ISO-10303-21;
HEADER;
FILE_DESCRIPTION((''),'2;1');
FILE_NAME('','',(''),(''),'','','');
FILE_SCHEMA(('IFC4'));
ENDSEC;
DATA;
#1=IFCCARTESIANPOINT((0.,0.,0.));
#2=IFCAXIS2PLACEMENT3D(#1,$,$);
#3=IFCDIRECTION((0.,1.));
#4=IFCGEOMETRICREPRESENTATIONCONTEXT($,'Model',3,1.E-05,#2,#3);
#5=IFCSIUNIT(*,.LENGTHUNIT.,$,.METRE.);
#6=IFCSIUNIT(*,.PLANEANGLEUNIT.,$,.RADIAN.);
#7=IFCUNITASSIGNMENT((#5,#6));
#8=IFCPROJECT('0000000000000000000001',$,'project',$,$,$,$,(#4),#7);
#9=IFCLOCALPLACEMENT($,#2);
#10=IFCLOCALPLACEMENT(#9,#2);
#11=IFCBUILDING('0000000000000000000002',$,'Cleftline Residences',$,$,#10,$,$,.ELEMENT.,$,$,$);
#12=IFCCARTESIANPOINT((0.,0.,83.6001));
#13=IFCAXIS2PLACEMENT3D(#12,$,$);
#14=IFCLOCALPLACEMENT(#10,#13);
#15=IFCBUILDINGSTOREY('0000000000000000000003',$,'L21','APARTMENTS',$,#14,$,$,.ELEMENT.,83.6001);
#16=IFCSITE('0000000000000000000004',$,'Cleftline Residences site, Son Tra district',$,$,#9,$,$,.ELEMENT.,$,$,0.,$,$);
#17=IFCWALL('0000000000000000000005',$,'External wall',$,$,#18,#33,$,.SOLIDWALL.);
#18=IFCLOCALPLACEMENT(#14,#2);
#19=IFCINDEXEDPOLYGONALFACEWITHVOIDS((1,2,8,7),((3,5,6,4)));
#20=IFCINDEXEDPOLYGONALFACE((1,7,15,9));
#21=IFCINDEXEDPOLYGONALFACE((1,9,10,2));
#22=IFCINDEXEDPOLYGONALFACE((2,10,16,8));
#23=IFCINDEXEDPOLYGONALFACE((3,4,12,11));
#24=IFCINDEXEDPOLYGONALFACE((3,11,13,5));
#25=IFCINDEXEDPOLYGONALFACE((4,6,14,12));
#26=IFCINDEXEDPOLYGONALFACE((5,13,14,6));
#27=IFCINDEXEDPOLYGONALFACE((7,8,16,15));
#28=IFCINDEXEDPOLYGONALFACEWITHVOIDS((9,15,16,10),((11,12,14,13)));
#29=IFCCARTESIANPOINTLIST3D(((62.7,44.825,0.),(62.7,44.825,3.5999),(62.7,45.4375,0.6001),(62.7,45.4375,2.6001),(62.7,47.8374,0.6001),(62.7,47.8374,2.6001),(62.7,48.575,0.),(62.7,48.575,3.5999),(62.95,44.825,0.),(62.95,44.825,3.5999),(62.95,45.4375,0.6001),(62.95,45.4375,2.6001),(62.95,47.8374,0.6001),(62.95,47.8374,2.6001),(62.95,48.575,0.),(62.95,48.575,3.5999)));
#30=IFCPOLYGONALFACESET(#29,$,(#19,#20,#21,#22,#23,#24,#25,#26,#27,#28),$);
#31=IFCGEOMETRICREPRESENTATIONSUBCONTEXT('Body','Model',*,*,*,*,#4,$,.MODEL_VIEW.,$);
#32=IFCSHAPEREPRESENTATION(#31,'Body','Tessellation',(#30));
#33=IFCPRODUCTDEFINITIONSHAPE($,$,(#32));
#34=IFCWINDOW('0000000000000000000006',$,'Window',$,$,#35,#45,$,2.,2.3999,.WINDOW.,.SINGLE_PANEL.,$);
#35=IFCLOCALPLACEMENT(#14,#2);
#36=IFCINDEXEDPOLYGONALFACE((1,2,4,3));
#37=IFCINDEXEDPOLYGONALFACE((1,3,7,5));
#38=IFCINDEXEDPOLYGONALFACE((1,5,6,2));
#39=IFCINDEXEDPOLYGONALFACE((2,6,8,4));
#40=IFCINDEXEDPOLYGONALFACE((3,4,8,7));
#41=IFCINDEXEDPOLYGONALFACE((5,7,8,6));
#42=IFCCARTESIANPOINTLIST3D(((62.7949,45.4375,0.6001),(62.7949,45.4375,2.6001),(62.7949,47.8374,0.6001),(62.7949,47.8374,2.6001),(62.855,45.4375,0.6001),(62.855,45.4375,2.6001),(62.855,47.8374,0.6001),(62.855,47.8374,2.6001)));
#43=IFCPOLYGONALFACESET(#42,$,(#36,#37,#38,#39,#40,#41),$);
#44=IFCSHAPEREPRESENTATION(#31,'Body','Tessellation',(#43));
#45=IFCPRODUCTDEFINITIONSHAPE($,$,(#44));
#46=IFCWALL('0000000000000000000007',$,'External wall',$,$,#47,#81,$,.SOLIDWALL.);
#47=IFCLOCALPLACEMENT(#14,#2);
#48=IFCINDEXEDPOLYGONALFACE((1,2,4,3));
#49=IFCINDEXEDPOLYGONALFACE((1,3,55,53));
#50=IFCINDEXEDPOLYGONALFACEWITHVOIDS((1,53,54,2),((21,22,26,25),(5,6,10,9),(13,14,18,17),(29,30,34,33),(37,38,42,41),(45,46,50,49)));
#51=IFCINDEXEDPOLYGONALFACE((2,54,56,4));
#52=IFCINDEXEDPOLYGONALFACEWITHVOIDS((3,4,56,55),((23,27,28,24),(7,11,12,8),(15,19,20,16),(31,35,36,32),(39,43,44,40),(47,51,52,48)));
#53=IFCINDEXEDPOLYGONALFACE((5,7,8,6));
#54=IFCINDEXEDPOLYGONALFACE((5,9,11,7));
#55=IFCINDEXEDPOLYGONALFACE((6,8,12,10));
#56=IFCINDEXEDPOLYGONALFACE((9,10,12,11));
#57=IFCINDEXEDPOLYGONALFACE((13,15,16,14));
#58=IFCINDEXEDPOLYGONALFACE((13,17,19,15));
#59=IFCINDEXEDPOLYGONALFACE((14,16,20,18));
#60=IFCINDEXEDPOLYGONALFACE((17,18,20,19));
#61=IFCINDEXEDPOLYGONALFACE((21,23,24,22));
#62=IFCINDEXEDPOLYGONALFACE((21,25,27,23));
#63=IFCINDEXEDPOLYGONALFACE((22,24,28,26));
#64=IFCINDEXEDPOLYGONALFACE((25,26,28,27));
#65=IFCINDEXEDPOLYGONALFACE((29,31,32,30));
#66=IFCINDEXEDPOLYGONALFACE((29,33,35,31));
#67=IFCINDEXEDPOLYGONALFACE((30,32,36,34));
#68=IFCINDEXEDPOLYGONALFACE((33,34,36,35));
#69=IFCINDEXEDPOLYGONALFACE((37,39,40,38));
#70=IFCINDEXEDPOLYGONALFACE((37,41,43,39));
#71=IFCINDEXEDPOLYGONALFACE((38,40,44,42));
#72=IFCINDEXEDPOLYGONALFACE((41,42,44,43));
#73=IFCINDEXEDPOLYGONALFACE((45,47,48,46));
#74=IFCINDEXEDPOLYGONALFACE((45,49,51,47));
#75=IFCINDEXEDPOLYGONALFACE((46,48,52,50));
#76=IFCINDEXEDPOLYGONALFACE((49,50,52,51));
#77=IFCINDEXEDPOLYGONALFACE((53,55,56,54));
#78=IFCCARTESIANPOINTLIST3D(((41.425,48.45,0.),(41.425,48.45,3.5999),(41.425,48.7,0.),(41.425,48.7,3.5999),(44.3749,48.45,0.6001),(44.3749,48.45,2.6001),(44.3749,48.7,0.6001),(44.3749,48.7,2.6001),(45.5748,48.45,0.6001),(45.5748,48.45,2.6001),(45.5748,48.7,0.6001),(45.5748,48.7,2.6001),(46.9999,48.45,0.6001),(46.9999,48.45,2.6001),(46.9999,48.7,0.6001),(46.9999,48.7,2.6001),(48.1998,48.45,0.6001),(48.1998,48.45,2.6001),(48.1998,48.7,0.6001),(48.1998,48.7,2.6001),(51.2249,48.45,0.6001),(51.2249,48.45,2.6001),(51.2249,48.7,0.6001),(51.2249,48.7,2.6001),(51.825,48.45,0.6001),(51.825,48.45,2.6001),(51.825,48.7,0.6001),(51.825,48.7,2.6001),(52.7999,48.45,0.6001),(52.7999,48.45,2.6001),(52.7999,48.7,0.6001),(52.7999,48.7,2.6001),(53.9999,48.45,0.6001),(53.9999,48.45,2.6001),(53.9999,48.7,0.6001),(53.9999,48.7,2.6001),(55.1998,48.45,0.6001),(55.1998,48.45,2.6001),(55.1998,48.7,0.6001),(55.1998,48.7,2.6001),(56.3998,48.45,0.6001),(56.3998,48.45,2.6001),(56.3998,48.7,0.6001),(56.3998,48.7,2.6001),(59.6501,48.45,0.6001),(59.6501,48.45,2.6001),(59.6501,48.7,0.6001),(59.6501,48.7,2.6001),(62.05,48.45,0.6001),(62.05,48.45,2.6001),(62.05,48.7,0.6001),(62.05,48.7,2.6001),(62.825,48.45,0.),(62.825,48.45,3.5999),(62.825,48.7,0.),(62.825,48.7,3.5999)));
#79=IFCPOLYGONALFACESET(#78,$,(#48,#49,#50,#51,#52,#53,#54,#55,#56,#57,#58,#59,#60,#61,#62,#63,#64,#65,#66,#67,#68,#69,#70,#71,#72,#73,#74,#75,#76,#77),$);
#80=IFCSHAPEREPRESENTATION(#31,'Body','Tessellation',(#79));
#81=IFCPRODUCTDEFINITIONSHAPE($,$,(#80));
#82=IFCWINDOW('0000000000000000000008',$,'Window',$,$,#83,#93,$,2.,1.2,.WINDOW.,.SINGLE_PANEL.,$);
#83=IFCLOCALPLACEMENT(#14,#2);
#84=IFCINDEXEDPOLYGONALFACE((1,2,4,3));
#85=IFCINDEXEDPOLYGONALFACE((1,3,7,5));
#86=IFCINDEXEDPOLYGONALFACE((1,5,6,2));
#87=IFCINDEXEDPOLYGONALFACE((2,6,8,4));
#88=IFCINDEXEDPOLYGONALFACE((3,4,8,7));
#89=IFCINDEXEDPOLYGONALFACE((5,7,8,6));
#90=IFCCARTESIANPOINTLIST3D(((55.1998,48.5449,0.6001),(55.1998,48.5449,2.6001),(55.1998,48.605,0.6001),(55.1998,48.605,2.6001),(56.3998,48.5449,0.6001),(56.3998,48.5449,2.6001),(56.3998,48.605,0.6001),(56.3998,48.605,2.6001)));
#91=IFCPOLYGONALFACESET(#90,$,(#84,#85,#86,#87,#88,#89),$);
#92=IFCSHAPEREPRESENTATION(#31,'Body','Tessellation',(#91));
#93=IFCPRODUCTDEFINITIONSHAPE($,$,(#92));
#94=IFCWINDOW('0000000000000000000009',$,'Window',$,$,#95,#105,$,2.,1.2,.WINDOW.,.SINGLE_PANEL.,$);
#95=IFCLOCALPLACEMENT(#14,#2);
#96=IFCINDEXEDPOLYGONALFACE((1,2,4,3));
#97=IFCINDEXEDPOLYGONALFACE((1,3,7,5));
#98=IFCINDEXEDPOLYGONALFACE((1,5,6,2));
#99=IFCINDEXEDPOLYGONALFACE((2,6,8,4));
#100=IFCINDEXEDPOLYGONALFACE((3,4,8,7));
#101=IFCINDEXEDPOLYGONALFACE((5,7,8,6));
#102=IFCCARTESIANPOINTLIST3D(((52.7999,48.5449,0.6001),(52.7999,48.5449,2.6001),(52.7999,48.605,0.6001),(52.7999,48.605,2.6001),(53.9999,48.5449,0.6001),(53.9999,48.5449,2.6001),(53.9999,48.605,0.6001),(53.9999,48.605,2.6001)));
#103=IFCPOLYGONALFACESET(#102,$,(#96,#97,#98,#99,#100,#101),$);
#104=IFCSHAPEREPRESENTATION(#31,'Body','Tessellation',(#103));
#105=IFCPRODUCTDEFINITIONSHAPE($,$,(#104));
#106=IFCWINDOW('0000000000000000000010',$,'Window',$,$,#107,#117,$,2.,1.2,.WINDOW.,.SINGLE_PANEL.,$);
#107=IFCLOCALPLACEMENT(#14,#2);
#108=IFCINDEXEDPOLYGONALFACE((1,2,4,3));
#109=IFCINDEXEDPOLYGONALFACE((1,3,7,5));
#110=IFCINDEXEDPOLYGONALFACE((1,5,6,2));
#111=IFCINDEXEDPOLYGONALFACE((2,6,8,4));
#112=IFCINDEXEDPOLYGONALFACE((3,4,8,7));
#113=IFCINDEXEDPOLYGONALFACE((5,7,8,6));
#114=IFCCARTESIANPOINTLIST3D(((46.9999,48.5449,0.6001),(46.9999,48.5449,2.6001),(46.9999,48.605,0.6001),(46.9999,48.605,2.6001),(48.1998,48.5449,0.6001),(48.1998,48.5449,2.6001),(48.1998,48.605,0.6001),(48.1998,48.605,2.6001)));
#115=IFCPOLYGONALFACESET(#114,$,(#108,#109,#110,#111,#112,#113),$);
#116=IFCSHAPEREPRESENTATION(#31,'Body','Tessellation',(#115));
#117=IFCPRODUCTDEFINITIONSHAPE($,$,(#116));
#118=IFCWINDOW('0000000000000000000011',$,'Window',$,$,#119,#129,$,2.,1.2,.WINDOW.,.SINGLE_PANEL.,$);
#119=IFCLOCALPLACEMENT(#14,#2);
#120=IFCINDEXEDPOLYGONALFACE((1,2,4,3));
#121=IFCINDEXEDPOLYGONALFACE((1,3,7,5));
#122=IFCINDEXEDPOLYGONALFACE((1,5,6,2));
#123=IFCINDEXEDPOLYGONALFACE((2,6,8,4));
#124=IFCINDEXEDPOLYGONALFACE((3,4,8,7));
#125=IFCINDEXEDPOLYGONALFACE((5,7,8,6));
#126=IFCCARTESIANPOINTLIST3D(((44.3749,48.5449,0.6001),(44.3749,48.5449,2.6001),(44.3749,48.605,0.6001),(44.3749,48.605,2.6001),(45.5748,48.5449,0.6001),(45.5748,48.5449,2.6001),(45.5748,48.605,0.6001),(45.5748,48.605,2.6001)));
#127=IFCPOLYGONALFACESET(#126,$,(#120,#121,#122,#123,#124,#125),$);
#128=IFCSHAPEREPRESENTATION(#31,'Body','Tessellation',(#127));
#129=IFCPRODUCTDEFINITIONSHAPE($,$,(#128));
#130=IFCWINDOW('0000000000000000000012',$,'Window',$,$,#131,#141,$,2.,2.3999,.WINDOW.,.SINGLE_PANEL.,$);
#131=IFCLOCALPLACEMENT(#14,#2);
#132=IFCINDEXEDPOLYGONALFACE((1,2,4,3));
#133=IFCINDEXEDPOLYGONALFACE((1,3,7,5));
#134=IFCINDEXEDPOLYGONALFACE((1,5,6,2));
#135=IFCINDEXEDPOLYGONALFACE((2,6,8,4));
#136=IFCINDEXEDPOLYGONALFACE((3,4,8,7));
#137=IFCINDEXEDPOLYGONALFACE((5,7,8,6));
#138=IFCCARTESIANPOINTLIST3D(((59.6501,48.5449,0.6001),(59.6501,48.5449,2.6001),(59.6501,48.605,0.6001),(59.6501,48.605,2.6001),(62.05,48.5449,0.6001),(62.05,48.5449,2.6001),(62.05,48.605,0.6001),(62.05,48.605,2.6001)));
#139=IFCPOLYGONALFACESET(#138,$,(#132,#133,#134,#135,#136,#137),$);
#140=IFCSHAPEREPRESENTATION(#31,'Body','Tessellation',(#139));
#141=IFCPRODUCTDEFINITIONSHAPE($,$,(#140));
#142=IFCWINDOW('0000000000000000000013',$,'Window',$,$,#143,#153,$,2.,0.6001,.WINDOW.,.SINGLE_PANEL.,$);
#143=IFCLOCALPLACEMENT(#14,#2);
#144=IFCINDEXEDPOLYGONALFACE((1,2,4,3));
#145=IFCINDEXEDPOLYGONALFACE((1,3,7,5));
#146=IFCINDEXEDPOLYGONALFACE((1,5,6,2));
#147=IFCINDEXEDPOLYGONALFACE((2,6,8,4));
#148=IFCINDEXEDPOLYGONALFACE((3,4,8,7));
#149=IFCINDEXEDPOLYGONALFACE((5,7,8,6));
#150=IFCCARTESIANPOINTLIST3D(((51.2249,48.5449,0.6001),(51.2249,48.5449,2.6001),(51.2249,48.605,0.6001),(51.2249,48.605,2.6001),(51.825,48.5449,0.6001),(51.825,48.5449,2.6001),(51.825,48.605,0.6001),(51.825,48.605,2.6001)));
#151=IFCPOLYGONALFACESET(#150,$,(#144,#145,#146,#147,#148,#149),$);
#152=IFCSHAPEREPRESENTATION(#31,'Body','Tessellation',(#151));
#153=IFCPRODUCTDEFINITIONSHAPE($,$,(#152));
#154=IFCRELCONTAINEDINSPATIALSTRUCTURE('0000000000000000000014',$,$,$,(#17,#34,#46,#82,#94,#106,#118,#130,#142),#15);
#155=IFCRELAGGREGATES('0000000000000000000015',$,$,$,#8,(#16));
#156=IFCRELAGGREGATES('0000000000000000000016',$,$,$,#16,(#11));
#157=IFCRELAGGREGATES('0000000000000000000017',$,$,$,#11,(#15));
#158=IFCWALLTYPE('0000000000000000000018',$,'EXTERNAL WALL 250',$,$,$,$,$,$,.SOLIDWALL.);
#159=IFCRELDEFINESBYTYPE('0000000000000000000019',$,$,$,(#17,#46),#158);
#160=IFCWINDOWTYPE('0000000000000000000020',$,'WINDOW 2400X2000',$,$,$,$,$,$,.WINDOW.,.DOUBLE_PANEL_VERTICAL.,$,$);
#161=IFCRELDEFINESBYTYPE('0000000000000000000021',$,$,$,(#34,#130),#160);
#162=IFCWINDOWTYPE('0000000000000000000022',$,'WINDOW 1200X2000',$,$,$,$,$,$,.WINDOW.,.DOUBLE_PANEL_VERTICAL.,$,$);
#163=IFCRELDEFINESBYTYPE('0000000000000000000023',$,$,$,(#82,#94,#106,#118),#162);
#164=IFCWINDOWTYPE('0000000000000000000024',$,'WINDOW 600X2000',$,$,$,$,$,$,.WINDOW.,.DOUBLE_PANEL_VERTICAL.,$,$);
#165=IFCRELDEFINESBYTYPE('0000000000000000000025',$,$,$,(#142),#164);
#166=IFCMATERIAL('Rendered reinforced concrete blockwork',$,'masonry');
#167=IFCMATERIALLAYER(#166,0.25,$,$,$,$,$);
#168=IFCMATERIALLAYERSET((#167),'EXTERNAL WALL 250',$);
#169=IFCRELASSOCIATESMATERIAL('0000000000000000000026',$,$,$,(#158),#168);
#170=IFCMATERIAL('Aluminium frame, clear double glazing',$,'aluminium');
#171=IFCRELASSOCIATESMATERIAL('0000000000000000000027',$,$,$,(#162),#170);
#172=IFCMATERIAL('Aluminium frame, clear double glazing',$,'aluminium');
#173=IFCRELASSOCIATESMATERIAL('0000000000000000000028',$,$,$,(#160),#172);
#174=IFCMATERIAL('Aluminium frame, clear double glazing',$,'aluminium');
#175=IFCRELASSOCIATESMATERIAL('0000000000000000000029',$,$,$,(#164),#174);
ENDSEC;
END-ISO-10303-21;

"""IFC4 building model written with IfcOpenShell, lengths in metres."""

from ifc_helpers import new_model, si_unit, direction, frame, frame_2d, origin, place, context, subcontext, project, spatial, rectangle, extrude, material, layer, layer_set, type_object, element, fill, save


model = new_model("IFC4")

# Units and contexts
model_context = context("Model", 3, precision=1e-05, world=origin(), true_north=direction((0.0, 1.0)))
body_context = subcontext(model_context, "Body", "Model", "MODEL_VIEW")
ifc_project = project(units=[si_unit("LENGTHUNIT", "METRE"), si_unit("PLANEANGLEUNIT", "RADIAN")], contexts=[model_context])

# Site, building, storey
site_placement = place(None, origin())
site = spatial("IfcSite", under=ifc_project, at=site_placement, Name="Cleftline Residences site, Son Tra district", CompositionType="ELEMENT", RefElevation=0.0)
building_placement = place(site_placement, origin())
building = spatial("IfcBuilding", under=site, at=building_placement, Name="Cleftline Residences", CompositionType="ELEMENT")
storey_placement = place(building_placement, frame((0.0, 0.0, 83.6001)))
storey = spatial("IfcBuildingStorey", under=building, at=storey_placement, Name="L21", Description="APARTMENTS", CompositionType="ELEMENT", Elevation=83.6001)

# Shared definitions
ifc_material_1 = material(Name="Rendered reinforced concrete blockwork", Category="masonry")
ifc_layer_1 = layer(ifc_material_1, 0.25)
ifc_layer_set_1 = layer_set([ifc_layer_1], Name="EXTERNAL WALL 250")
wall_type_1 = type_object("IfcWallType", Name="EXTERNAL WALL 250", PredefinedType="SOLIDWALL", material=ifc_layer_set_1)
ifc_material_2 = material(Name="Aluminium frame, clear double glazing", Category="aluminium")
window_type_1 = type_object("IfcWindowType", Name="WINDOW 1200X2000", PartitioningType="DOUBLE_PANEL_VERTICAL", PredefinedType="WINDOW", material=ifc_material_2)

# Wall, opening, window
wall_1_placement = place(storey_placement, frame((62.825, 44.825, 0.0), z_axis=(0.0, 0.0, 1.0), x_axis=(0.0, 1.0, 0.0)))
wall_1 = element("IfcWall", 1, at=wall_1_placement, inside=storey, type_object=wall_type_1, Name="External wall", PredefinedType="SOLIDWALL", context=body_context, shape_type="SweptSolid", body=[
    extrude(rectangle(XDim=3.75, YDim=0.25, at=frame_2d((1.875, 0.0))), origin(), (0.0, 0.0, 1.0), 3.5999),
])
opening_1_placement = place(wall_1_placement, frame((0.6125, 0.0, 0.6001)))
opening_1 = element("IfcOpeningElement", 2, at=opening_1_placement, cuts=wall_1, PredefinedType="OPENING", context=body_context, shape_type="SweptSolid", body=[
    extrude(rectangle(XDim=2.3999, YDim=2.0, at=frame_2d((1.2, 1.0))), frame((0.0, 0.135, 0.0), z_axis=(0.0, -1.0, 0.0), x_axis=(1.0, 0.0, 0.0)), (0.0, 0.0, 1.0), 0.27),
])
ifc_material_3 = material(Name="Aluminium frame, clear double glazing", Category="aluminium")
window_type_2 = type_object("IfcWindowType", Name="WINDOW 2400X2000", PartitioningType="DOUBLE_PANEL_VERTICAL", PredefinedType="WINDOW", material=ifc_material_3)
window_1_placement = place(opening_1_placement, origin())
window_1 = element("IfcWindow", 3, at=window_1_placement, inside=storey, type_object=window_type_2, Name="Window", OverallHeight=2.0, OverallWidth=2.3999, PartitioningType="SINGLE_PANEL", PredefinedType="WINDOW", context=body_context, shape_type="SweptSolid", body=[
    extrude(rectangle(XDim=2.3999, YDim=2.0, at=frame_2d((1.2, 1.0))), frame((0.0, 0.03, 0.0), z_axis=(0.0, -1.0, 0.0), x_axis=(1.0, 0.0, 0.0)), (0.0, 0.0, 1.0), 0.0601),
])
fill(opening_1, window_1)

# Wall, openings, windows
wall_2_placement = place(storey_placement, frame((62.825, 48.575, 0.0), z_axis=(0.0, 0.0, 1.0), x_axis=(-1.0, 0.0, 0.0)))
wall_2 = element("IfcWall", 4, at=wall_2_placement, inside=storey, type_object=wall_type_1, Name="External wall", PredefinedType="SOLIDWALL", context=body_context, shape_type="SweptSolid", body=[
    extrude(rectangle(XDim=21.3999, YDim=0.25, at=frame_2d((10.7, 0.0))), origin(), (0.0, 0.0, 1.0), 3.5999),
])
opening_2_placement = place(wall_2_placement, frame((0.7749, 0.0, 0.6001)))
opening_2 = element("IfcOpeningElement", 5, at=opening_2_placement, cuts=wall_2, PredefinedType="OPENING", context=body_context, shape_type="SweptSolid", body=[
    extrude(rectangle(XDim=2.3999, YDim=2.0, at=frame_2d((1.2, 1.0))), frame((0.0, 0.135, 0.0), z_axis=(0.0, -1.0, 0.0), x_axis=(1.0, 0.0, 0.0)), (0.0, 0.0, 1.0), 0.27),
])
opening_3_placement = place(wall_2_placement, frame((6.425, 0.0, 0.6001)))
opening_3 = element("IfcOpeningElement", 6, at=opening_3_placement, cuts=wall_2, PredefinedType="OPENING", context=body_context, shape_type="SweptSolid", body=[
    extrude(rectangle(XDim=1.2, YDim=2.0, at=frame_2d((0.6001, 1.0))), frame((0.0, 0.135, 0.0), z_axis=(0.0, -1.0, 0.0), x_axis=(1.0, 0.0, 0.0)), (0.0, 0.0, 1.0), 0.27),
])
opening_4_placement = place(wall_2_placement, frame((8.825, 0.0, 0.6001)))
opening_4 = element("IfcOpeningElement", 7, at=opening_4_placement, cuts=wall_2, PredefinedType="OPENING", context=body_context, shape_type="SweptSolid", body=[
    extrude(rectangle(XDim=1.2, YDim=2.0, at=frame_2d((0.6001, 1.0))), frame((0.0, 0.135, 0.0), z_axis=(0.0, -1.0, 0.0), x_axis=(1.0, 0.0, 0.0)), (0.0, 0.0, 1.0), 0.27),
])
opening_5_placement = place(wall_2_placement, frame((11.0, 0.0, 0.6001)))
opening_5 = element("IfcOpeningElement", 8, at=opening_5_placement, cuts=wall_2, PredefinedType="OPENING", context=body_context, shape_type="SweptSolid", body=[
    extrude(rectangle(XDim=0.6001, YDim=2.0, at=frame_2d((0.3, 1.0))), frame((0.0, 0.135, 0.0), z_axis=(0.0, -1.0, 0.0), x_axis=(1.0, 0.0, 0.0)), (0.0, 0.0, 1.0), 0.27),
])
opening_6_placement = place(wall_2_placement, frame((14.625, 0.0, 0.6001)))
opening_6 = element("IfcOpeningElement", 9, at=opening_6_placement, cuts=wall_2, PredefinedType="OPENING", context=body_context, shape_type="SweptSolid", body=[
    extrude(rectangle(XDim=1.2, YDim=2.0, at=frame_2d((0.6001, 1.0))), frame((0.0, 0.135, 0.0), z_axis=(0.0, -1.0, 0.0), x_axis=(1.0, 0.0, 0.0)), (0.0, 0.0, 1.0), 0.27),
])
opening_7_placement = place(wall_2_placement, frame((17.25, 0.0, 0.6001)))
opening_7 = element("IfcOpeningElement", 10, at=opening_7_placement, cuts=wall_2, PredefinedType="OPENING", context=body_context, shape_type="SweptSolid", body=[
    extrude(rectangle(XDim=1.2, YDim=2.0, at=frame_2d((0.6001, 1.0))), frame((0.0, 0.135, 0.0), z_axis=(0.0, -1.0, 0.0), x_axis=(1.0, 0.0, 0.0)), (0.0, 0.0, 1.0), 0.27),
])
window_2_placement = place(opening_3_placement, origin())
window_2 = element("IfcWindow", 11, at=window_2_placement, inside=storey, type_object=window_type_1, Name="Window", OverallHeight=2.0, OverallWidth=1.2, PartitioningType="SINGLE_PANEL", PredefinedType="WINDOW", context=body_context, shape_type="SweptSolid", body=[
    extrude(rectangle(XDim=1.2, YDim=2.0, at=frame_2d((0.6001, 1.0))), frame((0.0, 0.03, 0.0), z_axis=(0.0, -1.0, 0.0), x_axis=(1.0, 0.0, 0.0)), (0.0, 0.0, 1.0), 0.0601),
])
fill(opening_3, window_2)
window_3_placement = place(opening_4_placement, origin())
window_3 = element("IfcWindow", 12, at=window_3_placement, inside=storey, type_object=window_type_1, Name="Window", OverallHeight=2.0, OverallWidth=1.2, PartitioningType="SINGLE_PANEL", PredefinedType="WINDOW", context=body_context, shape_type="SweptSolid", body=[
    extrude(rectangle(XDim=1.2, YDim=2.0, at=frame_2d((0.6001, 1.0))), frame((0.0, 0.03, 0.0), z_axis=(0.0, -1.0, 0.0), x_axis=(1.0, 0.0, 0.0)), (0.0, 0.0, 1.0), 0.0601),
])
fill(opening_4, window_3)
window_4_placement = place(opening_6_placement, origin())
window_4 = element("IfcWindow", 13, at=window_4_placement, inside=storey, type_object=window_type_1, Name="Window", OverallHeight=2.0, OverallWidth=1.2, PartitioningType="SINGLE_PANEL", PredefinedType="WINDOW", context=body_context, shape_type="SweptSolid", body=[
    extrude(rectangle(XDim=1.2, YDim=2.0, at=frame_2d((0.6001, 1.0))), frame((0.0, 0.03, 0.0), z_axis=(0.0, -1.0, 0.0), x_axis=(1.0, 0.0, 0.0)), (0.0, 0.0, 1.0), 0.0601),
])
fill(opening_6, window_4)
window_5_placement = place(opening_7_placement, origin())
window_5 = element("IfcWindow", 14, at=window_5_placement, inside=storey, type_object=window_type_1, Name="Window", OverallHeight=2.0, OverallWidth=1.2, PartitioningType="SINGLE_PANEL", PredefinedType="WINDOW", context=body_context, shape_type="SweptSolid", body=[
    extrude(rectangle(XDim=1.2, YDim=2.0, at=frame_2d((0.6001, 1.0))), frame((0.0, 0.03, 0.0), z_axis=(0.0, -1.0, 0.0), x_axis=(1.0, 0.0, 0.0)), (0.0, 0.0, 1.0), 0.0601),
])
fill(opening_7, window_5)
window_6_placement = place(opening_2_placement, origin())
window_6 = element("IfcWindow", 15, at=window_6_placement, inside=storey, type_object=window_type_2, Name="Window", OverallHeight=2.0, OverallWidth=2.3999, PartitioningType="SINGLE_PANEL", PredefinedType="WINDOW", context=body_context, shape_type="SweptSolid", body=[
    extrude(rectangle(XDim=2.3999, YDim=2.0, at=frame_2d((1.2, 1.0))), frame((0.0, 0.03, 0.0), z_axis=(0.0, -1.0, 0.0), x_axis=(1.0, 0.0, 0.0)), (0.0, 0.0, 1.0), 0.0601),
])
fill(opening_2, window_6)
ifc_material_4 = material(Name="Aluminium frame, clear double glazing", Category="aluminium")
window_type_3 = type_object("IfcWindowType", Name="WINDOW 600X2000", PartitioningType="DOUBLE_PANEL_VERTICAL", PredefinedType="WINDOW", material=ifc_material_4)
window_7_placement = place(opening_5_placement, origin())
window_7 = element("IfcWindow", 16, at=window_7_placement, inside=storey, type_object=window_type_3, Name="Window", OverallHeight=2.0, OverallWidth=0.6001, PartitioningType="SINGLE_PANEL", PredefinedType="WINDOW", context=body_context, shape_type="SweptSolid", body=[
    extrude(rectangle(XDim=0.6001, YDim=2.0, at=frame_2d((0.3, 1.0))), frame((0.0, 0.03, 0.0), z_axis=(0.0, -1.0, 0.0), x_axis=(1.0, 0.0, 0.0)), (0.0, 0.0, 1.0), 0.0601),
])
fill(opening_5, window_7)

save(model, "model.ifc")
